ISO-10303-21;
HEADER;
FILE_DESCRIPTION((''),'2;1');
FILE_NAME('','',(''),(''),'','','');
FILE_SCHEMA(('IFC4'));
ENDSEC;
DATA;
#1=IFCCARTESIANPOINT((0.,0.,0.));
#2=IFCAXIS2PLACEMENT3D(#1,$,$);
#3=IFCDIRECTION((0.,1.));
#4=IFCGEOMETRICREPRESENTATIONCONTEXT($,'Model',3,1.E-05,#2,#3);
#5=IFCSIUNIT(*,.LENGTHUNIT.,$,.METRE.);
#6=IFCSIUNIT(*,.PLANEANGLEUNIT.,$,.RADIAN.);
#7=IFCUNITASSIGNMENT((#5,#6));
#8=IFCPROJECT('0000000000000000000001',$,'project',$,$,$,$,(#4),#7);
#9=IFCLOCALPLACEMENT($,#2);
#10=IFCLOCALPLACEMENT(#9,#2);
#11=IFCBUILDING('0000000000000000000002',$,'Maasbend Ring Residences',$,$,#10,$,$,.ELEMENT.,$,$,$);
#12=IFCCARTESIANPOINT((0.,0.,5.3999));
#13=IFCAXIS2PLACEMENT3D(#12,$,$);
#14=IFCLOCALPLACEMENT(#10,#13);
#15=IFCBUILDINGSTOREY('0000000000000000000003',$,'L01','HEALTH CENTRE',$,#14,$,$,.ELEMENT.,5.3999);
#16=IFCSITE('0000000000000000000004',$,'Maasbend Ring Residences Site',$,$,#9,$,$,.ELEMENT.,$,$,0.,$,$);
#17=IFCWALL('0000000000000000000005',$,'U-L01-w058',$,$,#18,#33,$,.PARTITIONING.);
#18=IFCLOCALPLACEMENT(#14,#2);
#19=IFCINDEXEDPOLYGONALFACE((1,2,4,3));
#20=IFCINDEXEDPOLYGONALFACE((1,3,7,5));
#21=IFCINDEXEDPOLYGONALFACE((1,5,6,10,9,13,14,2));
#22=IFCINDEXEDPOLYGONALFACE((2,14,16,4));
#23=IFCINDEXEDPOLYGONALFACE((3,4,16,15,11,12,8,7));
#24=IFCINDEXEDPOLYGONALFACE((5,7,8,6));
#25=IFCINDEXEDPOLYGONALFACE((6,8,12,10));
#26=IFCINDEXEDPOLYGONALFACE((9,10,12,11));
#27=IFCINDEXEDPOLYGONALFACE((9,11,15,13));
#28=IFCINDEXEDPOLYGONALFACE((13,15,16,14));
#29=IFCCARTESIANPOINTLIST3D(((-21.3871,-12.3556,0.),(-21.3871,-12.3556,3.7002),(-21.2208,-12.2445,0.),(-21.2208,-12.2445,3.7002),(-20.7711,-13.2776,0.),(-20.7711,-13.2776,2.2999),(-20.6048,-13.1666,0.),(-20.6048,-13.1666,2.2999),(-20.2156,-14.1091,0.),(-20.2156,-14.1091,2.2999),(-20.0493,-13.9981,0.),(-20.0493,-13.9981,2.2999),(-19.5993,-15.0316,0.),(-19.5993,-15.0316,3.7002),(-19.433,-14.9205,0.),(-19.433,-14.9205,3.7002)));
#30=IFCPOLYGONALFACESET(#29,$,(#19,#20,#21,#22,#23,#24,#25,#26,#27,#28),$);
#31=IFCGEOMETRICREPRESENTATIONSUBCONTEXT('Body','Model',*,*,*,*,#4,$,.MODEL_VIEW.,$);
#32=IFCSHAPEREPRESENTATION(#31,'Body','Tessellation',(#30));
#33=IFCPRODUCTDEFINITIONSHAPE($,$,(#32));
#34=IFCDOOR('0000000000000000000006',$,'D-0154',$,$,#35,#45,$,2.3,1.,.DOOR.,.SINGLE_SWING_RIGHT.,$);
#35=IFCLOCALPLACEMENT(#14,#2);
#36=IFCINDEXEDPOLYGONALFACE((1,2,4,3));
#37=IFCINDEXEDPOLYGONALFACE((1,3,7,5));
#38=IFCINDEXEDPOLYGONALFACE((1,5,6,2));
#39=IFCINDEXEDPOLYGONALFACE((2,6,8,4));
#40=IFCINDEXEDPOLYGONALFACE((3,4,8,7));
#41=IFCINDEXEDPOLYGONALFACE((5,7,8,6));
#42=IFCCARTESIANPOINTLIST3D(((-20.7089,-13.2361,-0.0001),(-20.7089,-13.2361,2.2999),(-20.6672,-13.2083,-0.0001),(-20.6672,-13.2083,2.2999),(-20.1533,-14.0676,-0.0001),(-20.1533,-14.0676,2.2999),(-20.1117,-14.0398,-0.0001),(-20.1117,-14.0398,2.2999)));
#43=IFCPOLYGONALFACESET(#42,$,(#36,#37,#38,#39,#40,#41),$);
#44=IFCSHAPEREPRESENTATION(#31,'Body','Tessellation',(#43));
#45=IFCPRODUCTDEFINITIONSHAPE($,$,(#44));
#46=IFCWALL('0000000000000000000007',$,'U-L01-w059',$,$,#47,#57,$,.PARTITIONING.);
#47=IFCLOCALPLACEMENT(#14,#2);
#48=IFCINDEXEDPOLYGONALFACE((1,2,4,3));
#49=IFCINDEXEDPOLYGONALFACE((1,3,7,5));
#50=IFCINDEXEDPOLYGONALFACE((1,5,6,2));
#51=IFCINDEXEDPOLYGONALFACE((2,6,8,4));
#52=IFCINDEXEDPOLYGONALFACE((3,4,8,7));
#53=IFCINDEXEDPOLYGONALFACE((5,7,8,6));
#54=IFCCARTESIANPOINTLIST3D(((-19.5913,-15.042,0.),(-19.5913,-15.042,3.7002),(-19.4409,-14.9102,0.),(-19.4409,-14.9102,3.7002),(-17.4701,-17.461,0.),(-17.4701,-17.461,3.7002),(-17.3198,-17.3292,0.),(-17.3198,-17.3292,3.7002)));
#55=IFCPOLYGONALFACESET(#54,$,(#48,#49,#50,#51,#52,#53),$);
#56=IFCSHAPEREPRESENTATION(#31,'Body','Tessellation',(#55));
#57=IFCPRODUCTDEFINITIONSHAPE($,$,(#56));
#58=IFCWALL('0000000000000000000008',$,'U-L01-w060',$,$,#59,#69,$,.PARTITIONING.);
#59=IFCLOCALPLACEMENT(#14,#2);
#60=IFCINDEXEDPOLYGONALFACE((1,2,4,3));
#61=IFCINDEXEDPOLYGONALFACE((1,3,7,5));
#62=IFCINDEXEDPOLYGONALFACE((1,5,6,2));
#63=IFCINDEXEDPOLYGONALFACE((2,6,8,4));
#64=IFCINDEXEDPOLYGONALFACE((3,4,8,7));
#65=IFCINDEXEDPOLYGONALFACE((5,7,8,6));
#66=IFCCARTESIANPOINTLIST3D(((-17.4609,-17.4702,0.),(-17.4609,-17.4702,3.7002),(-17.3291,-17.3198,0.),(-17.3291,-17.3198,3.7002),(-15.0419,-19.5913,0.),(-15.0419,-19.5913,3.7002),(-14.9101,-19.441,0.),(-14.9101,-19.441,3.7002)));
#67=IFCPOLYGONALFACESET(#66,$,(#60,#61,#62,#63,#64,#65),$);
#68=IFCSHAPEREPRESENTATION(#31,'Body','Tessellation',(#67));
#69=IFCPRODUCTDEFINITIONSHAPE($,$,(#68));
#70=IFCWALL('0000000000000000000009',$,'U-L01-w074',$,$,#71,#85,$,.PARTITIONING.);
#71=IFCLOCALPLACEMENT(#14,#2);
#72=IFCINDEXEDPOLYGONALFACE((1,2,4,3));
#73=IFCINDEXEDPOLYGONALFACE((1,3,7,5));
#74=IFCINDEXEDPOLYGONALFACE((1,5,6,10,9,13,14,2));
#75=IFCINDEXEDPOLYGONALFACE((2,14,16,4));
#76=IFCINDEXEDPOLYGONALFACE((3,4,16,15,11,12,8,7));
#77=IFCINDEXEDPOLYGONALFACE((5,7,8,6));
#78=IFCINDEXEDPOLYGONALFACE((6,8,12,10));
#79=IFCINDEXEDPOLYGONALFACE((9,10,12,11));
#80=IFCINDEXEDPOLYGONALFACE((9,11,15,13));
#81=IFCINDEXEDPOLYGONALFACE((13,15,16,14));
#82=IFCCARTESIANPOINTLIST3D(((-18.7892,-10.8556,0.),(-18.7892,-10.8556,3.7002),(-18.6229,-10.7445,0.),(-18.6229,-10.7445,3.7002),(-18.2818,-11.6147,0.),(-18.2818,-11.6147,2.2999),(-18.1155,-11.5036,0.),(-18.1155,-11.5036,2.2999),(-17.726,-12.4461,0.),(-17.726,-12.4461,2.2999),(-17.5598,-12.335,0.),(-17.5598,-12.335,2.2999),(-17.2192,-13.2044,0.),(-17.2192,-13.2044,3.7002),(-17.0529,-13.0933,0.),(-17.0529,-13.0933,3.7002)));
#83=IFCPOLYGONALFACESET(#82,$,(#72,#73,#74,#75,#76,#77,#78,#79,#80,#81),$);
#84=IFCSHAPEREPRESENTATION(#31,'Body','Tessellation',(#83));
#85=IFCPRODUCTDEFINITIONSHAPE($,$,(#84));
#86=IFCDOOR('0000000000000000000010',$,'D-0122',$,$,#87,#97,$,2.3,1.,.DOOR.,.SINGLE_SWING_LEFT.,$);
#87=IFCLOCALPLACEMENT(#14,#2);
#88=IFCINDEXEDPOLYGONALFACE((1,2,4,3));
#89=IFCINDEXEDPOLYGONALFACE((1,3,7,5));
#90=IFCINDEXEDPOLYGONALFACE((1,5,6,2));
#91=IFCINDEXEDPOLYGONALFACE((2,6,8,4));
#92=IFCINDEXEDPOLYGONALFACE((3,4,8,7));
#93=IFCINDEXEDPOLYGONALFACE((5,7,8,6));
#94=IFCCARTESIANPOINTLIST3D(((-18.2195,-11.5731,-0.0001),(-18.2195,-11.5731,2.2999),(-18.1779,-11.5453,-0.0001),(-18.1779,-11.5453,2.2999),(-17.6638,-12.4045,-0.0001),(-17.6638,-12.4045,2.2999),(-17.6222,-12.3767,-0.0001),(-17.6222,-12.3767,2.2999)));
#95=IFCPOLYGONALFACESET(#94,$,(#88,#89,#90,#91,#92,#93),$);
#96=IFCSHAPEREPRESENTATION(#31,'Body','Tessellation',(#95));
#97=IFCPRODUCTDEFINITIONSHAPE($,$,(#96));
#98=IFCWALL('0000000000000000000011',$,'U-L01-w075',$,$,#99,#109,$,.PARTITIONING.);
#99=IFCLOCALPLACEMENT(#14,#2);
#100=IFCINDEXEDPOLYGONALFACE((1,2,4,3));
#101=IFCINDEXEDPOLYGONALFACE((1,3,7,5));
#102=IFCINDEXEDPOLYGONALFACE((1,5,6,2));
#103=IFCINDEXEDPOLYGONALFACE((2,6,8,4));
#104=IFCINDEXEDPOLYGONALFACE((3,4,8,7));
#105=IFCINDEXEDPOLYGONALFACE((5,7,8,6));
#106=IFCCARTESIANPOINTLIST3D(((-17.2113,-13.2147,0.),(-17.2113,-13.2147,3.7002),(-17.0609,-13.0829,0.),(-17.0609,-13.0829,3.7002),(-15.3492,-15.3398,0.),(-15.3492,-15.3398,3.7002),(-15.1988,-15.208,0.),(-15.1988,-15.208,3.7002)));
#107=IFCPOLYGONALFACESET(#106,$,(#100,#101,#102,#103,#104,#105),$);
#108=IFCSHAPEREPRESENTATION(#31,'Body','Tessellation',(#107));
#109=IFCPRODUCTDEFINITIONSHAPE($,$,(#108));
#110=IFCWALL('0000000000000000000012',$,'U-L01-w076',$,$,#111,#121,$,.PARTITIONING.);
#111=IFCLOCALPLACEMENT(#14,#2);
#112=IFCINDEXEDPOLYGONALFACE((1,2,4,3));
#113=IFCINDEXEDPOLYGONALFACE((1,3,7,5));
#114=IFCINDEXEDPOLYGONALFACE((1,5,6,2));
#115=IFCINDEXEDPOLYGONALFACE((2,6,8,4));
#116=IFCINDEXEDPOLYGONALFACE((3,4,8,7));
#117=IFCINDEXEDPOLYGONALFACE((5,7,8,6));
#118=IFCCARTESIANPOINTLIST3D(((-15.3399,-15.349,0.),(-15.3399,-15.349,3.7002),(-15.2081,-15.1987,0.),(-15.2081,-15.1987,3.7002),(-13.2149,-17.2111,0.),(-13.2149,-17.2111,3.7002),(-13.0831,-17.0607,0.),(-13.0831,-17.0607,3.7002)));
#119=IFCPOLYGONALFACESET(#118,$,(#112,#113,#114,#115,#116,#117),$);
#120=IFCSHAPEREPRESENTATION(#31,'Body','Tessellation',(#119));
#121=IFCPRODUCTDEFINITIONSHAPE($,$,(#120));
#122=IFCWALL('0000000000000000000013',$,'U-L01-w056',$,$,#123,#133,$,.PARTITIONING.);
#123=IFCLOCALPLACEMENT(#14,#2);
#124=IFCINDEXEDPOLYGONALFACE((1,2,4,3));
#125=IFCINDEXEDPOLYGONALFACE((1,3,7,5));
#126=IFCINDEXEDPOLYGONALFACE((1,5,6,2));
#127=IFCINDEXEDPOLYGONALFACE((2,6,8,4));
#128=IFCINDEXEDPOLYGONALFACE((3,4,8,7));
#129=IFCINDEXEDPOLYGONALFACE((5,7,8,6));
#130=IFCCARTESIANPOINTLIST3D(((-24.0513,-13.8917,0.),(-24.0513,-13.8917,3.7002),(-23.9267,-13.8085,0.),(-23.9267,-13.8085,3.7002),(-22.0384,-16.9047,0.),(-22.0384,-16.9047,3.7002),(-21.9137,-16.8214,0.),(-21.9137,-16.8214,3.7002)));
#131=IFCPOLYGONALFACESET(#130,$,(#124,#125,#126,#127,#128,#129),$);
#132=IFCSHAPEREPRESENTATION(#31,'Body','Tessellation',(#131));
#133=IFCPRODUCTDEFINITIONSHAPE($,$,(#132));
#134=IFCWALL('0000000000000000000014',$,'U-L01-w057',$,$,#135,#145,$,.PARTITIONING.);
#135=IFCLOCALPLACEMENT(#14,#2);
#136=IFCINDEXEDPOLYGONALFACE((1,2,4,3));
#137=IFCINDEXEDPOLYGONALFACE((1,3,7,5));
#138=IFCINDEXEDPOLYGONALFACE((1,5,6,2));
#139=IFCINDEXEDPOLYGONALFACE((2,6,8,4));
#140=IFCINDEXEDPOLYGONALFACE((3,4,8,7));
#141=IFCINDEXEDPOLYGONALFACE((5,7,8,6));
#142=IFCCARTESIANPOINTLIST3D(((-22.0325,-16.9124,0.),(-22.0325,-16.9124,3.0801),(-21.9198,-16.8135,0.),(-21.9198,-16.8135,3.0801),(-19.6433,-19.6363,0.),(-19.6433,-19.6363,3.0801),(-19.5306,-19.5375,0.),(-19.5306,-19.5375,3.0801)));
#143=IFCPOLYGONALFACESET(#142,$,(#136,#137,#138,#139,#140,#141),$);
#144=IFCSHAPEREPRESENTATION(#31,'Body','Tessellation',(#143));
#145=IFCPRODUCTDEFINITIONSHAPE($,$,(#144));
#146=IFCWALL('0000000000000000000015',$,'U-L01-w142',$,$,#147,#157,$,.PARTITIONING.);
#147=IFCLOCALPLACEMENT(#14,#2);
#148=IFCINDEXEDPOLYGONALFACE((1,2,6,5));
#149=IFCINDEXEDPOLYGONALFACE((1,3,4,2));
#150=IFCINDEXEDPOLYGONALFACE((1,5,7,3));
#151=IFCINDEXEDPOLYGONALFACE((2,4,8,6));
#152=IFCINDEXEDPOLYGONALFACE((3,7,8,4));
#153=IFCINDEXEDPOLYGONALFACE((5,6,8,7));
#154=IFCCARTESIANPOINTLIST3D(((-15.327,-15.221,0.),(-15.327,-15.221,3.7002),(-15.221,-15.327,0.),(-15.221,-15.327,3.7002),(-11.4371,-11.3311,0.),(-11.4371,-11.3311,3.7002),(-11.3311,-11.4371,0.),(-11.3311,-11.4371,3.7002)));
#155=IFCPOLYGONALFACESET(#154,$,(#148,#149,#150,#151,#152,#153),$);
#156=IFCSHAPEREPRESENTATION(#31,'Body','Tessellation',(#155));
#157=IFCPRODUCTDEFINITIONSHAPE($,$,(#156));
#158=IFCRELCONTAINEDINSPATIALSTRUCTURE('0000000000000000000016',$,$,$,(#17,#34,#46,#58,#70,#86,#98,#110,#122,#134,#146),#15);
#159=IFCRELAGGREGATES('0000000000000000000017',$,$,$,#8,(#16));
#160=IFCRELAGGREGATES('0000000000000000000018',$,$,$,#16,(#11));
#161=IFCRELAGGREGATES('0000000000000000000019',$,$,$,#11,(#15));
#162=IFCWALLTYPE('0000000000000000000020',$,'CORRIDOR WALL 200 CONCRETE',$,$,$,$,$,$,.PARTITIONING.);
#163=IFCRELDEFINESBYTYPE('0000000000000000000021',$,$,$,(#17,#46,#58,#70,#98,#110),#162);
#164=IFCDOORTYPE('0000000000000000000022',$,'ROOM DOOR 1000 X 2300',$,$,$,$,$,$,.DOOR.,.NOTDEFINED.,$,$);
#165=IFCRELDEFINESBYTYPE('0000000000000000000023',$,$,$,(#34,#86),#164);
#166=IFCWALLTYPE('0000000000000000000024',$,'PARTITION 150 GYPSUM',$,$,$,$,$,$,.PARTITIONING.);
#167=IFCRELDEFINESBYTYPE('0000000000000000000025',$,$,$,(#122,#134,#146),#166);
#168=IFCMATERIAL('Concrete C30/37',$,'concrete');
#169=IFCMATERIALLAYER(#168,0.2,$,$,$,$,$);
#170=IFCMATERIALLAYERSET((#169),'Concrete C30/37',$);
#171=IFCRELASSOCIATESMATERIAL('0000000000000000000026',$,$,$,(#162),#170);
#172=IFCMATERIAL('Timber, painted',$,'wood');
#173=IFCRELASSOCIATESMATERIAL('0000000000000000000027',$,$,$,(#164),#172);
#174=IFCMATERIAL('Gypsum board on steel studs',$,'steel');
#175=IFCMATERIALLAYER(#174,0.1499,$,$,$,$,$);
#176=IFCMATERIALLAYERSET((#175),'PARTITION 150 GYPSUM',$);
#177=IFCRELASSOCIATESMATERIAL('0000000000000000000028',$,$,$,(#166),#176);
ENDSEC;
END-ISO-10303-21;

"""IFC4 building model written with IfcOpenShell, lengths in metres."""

from ifc_helpers import new_model, si_unit, direction, frame, frame_2d, origin, place, context, subcontext, project, spatial, rectangle, extrude, material, layer, layer_set, type_object, element, fill, save


model = new_model("IFC4")

# Units and contexts
model_context = context("Model", 3, precision=1e-05, world=origin(), true_north=direction((0.0, 1.0)))
body_context = subcontext(model_context, "Body", "Model", "MODEL_VIEW")
ifc_project = project(units=[si_unit("LENGTHUNIT", "METRE"), si_unit("PLANEANGLEUNIT", "RADIAN")], contexts=[model_context])

# Site, building, storey
site_placement = place(None, origin())
site = spatial("IfcSite", under=ifc_project, at=site_placement, Name="Maasbend Ring Residences Site", CompositionType="ELEMENT", RefElevation=0.0)
building_placement = place(site_placement, origin())
building = spatial("IfcBuilding", under=site, at=building_placement, Name="Maasbend Ring Residences", CompositionType="ELEMENT")
storey_placement = place(building_placement, frame((0.0, 0.0, 5.3999)))
storey = spatial("IfcBuildingStorey", under=building, at=storey_placement, Name="L01", Description="HEALTH CENTRE", CompositionType="ELEMENT", Elevation=5.3999)

# Wall, opening, door
ifc_material_1 = material(Name="Concrete C30/37", Category="concrete")
ifc_layer_1 = layer(ifc_material_1, 0.2)
ifc_layer_set_1 = layer_set([ifc_layer_1], Name="Concrete C30/37")
wall_type_1 = type_object("IfcWallType", Name="CORRIDOR WALL 200 CONCRETE", PredefinedType="PARTITIONING", material=ifc_layer_set_1)
wall_1_placement = place(storey_placement, frame((-21.304, -12.3, 0.0), z_axis=(0.0, 0.0, 1.0), x_axis=(0.555523, -0.831501, 0.0)))
wall_1 = element("IfcWall", 1, at=wall_1_placement, inside=storey, type_object=wall_type_1, Name="U-L01-w058", PredefinedType="PARTITIONING", context=body_context, shape_type="SweptSolid", body=[
    extrude(rectangle(XDim=3.2183, YDim=0.2, at=frame_2d((1.6091, 0.0))), origin(), (0.0, 0.0, 1.0), 3.7002),
])
opening_1_placement = place(wall_1_placement, frame((1.1089, 0.0, 0.0)))
opening_1 = element("IfcOpeningElement", 2, at=opening_1_placement, cuts=wall_1, PredefinedType="OPENING", context=body_context, shape_type="SweptSolid", body=[
    extrude(rectangle(XDim=1.0, YDim=2.3, at=frame_2d((0.5, 1.1499))), frame((0.0, 0.1099, 0.0), z_axis=(0.0, -1.0, 0.0), x_axis=(1.0, 0.0, 0.0)), (0.0, 0.0, 1.0), 0.22),
])
ifc_material_2 = material(Name="Timber, painted", Category="wood")
door_type_1 = type_object("IfcDoorType", Name="ROOM DOOR 1000 X 2300", OperationType="NOTDEFINED", PredefinedType="DOOR", material=ifc_material_2)
door_1_placement = place(opening_1_placement, origin())
door_1 = element("IfcDoor", 3, at=door_1_placement, inside=storey, type_object=door_type_1, Name="D-0154", OperationType="SINGLE_SWING_RIGHT", OverallHeight=2.3, OverallWidth=1.0, PredefinedType="DOOR", context=body_context, shape_type="SweptSolid", body=[
    extrude(rectangle(XDim=1.0, YDim=2.3, at=frame_2d((0.5, 1.1499))), frame((0.0, 0.0249, 0.0), z_axis=(0.0, -1.0, 0.0), x_axis=(1.0, 0.0, 0.0)), (0.0, 0.0, 1.0), 0.05),
])
fill(opening_1, door_1)

# Walls
for number, where, z_axis, x_axis, name in (
    (4, (-19.5161, -14.9761, 0.0), (0.0, 0.0, 1.0), (0.659299, -0.751881, 0.0), "U-L01-w059"),
    (5, (-17.395, -17.395, 0.0), (0.0, 0.0, 1.0), (0.751881, -0.659299, 0.0), "U-L01-w060"),
):
    element("IfcWall", number, at=place(storey_placement, frame(where, z_axis=z_axis, x_axis=x_axis)), inside=storey, type_object=wall_type_1, Name=name, PredefinedType="PARTITIONING", context=body_context, shape_type="SweptSolid", body=[
        extrude(rectangle(XDim=3.2173, YDim=0.2, at=frame_2d((1.6086, 0.0))), origin(), (0.0, 0.0, 1.0), 3.7002),
    ])

# Wall, opening, door
wall_2_placement = place(storey_placement, frame((-18.7061, -10.8, 0.0), z_axis=(0.0, 0.0, 1.0), x_axis=(0.555717, -0.831372, 0.0)))
wall_2 = element("IfcWall", 6, at=wall_2_placement, inside=storey, type_object=wall_type_1, Name="U-L01-w074", PredefinedType="PARTITIONING", context=body_context, shape_type="SweptSolid", body=[
    extrude(rectangle(XDim=2.8252, YDim=0.2, at=frame_2d((1.4126, 0.0))), origin(), (0.0, 0.0, 1.0), 3.7002),
])
opening_2_placement = place(wall_2_placement, frame((0.9131, 0.0, 0.0)))
opening_2 = element("IfcOpeningElement", 7, at=opening_2_placement, cuts=wall_2, PredefinedType="OPENING", context=body_context, shape_type="SweptSolid", body=[
    extrude(rectangle(XDim=1.0, YDim=2.3, at=frame_2d((0.5, 1.1499))), frame((0.0, 0.1099, 0.0), z_axis=(0.0, -1.0, 0.0), x_axis=(1.0, 0.0, 0.0)), (0.0, 0.0, 1.0), 0.22),
])
door_2_placement = place(opening_2_placement, origin())
door_2 = element("IfcDoor", 8, at=door_2_placement, inside=storey, type_object=door_type_1, Name="D-0122", OperationType="SINGLE_SWING_LEFT", OverallHeight=2.3, OverallWidth=1.0, PredefinedType="DOOR", context=body_context, shape_type="SweptSolid", body=[
    extrude(rectangle(XDim=1.0, YDim=2.3, at=frame_2d((0.5, 1.1499))), frame((0.0, 0.0249, 0.0), z_axis=(0.0, -1.0, 0.0), x_axis=(1.0, 0.0, 0.0)), (0.0, 0.0, 1.0), 0.05),
])
fill(opening_2, door_2)

# Walls
for number, where, z_axis, x_axis, name in (
    (9, (-17.136, -13.1489, 0.0), (0.0, 0.0, 1.0), (0.659043, -0.752105, 0.0), "U-L01-w075"),
    (10, (-15.2739, -15.2739, 0.0), (0.0, 0.0, 1.0), (0.752105, -0.659043, 0.0), "U-L01-w076"),
):
    element("IfcWall", number, at=place(storey_placement, frame(where, z_axis=z_axis, x_axis=x_axis)), inside=storey, type_object=wall_type_1, Name=name, PredefinedType="PARTITIONING", context=body_context, shape_type="SweptSolid", body=[
        extrude(rectangle(XDim=2.8254, YDim=0.2, at=frame_2d((1.4126, 0.0))), origin(), (0.0, 0.0, 1.0), 3.7002),
    ])
ifc_material_3 = material(Name="Gypsum board on steel studs", Category="steel")
ifc_layer_2 = layer(ifc_material_3, 0.1499)
ifc_layer_set_2 = layer_set([ifc_layer_2], Name="PARTITION 150 GYPSUM")
wall_type_2 = type_object("IfcWallType", Name="PARTITION 150 GYPSUM", PredefinedType="PARTITIONING", material=ifc_layer_set_2)
wall_3_placement = place(storey_placement, frame((-23.989, -13.8501, 0.0), z_axis=(0.0, 0.0, 1.0), x_axis=(0.555524, -0.831501, 0.0)))
element("IfcWall", 11, at=wall_3_placement, inside=storey, type_object=wall_type_2, Name="U-L01-w056", PredefinedType="PARTITIONING", context=body_context, shape_type="SweptSolid", body=[
    extrude(rectangle(XDim=3.6235, YDim=0.1499, at=frame_2d((1.8118, 0.0))), origin(), (0.0, 0.0, 1.0), 3.7002),
])
wall_4_placement = place(storey_placement, frame((-21.9761, -16.863, 0.0), z_axis=(0.0, 0.0, 1.0), x_axis=(0.659406, -0.751787, 0.0)))
element("IfcWall", 12, at=wall_4_placement, inside=storey, type_object=wall_type_2, Name="U-L01-w057", PredefinedType="PARTITIONING", context=body_context, shape_type="SweptSolid", body=[
    extrude(rectangle(XDim=3.6233, YDim=0.1499, at=frame_2d((1.8115, 0.0))), origin(), (0.0, 0.0, 1.0), 3.0801),
])
wall_5_placement = place(storey_placement, frame((-15.2739, -15.2739, 0.0), z_axis=(0.0, 0.0, 1.0), x_axis=(0.707107, 0.707107, 0.0)))
element("IfcWall", 13, at=wall_5_placement, inside=storey, type_object=wall_type_2, Name="U-L01-w142", PredefinedType="PARTITIONING", context=body_context, shape_type="SweptSolid", body=[
    extrude(rectangle(XDim=5.5012, YDim=0.1499, at=frame_2d((2.7505, 0.0))), origin(), (0.0, 0.0, 1.0), 3.7002),
])

save(model, "model.ifc")
